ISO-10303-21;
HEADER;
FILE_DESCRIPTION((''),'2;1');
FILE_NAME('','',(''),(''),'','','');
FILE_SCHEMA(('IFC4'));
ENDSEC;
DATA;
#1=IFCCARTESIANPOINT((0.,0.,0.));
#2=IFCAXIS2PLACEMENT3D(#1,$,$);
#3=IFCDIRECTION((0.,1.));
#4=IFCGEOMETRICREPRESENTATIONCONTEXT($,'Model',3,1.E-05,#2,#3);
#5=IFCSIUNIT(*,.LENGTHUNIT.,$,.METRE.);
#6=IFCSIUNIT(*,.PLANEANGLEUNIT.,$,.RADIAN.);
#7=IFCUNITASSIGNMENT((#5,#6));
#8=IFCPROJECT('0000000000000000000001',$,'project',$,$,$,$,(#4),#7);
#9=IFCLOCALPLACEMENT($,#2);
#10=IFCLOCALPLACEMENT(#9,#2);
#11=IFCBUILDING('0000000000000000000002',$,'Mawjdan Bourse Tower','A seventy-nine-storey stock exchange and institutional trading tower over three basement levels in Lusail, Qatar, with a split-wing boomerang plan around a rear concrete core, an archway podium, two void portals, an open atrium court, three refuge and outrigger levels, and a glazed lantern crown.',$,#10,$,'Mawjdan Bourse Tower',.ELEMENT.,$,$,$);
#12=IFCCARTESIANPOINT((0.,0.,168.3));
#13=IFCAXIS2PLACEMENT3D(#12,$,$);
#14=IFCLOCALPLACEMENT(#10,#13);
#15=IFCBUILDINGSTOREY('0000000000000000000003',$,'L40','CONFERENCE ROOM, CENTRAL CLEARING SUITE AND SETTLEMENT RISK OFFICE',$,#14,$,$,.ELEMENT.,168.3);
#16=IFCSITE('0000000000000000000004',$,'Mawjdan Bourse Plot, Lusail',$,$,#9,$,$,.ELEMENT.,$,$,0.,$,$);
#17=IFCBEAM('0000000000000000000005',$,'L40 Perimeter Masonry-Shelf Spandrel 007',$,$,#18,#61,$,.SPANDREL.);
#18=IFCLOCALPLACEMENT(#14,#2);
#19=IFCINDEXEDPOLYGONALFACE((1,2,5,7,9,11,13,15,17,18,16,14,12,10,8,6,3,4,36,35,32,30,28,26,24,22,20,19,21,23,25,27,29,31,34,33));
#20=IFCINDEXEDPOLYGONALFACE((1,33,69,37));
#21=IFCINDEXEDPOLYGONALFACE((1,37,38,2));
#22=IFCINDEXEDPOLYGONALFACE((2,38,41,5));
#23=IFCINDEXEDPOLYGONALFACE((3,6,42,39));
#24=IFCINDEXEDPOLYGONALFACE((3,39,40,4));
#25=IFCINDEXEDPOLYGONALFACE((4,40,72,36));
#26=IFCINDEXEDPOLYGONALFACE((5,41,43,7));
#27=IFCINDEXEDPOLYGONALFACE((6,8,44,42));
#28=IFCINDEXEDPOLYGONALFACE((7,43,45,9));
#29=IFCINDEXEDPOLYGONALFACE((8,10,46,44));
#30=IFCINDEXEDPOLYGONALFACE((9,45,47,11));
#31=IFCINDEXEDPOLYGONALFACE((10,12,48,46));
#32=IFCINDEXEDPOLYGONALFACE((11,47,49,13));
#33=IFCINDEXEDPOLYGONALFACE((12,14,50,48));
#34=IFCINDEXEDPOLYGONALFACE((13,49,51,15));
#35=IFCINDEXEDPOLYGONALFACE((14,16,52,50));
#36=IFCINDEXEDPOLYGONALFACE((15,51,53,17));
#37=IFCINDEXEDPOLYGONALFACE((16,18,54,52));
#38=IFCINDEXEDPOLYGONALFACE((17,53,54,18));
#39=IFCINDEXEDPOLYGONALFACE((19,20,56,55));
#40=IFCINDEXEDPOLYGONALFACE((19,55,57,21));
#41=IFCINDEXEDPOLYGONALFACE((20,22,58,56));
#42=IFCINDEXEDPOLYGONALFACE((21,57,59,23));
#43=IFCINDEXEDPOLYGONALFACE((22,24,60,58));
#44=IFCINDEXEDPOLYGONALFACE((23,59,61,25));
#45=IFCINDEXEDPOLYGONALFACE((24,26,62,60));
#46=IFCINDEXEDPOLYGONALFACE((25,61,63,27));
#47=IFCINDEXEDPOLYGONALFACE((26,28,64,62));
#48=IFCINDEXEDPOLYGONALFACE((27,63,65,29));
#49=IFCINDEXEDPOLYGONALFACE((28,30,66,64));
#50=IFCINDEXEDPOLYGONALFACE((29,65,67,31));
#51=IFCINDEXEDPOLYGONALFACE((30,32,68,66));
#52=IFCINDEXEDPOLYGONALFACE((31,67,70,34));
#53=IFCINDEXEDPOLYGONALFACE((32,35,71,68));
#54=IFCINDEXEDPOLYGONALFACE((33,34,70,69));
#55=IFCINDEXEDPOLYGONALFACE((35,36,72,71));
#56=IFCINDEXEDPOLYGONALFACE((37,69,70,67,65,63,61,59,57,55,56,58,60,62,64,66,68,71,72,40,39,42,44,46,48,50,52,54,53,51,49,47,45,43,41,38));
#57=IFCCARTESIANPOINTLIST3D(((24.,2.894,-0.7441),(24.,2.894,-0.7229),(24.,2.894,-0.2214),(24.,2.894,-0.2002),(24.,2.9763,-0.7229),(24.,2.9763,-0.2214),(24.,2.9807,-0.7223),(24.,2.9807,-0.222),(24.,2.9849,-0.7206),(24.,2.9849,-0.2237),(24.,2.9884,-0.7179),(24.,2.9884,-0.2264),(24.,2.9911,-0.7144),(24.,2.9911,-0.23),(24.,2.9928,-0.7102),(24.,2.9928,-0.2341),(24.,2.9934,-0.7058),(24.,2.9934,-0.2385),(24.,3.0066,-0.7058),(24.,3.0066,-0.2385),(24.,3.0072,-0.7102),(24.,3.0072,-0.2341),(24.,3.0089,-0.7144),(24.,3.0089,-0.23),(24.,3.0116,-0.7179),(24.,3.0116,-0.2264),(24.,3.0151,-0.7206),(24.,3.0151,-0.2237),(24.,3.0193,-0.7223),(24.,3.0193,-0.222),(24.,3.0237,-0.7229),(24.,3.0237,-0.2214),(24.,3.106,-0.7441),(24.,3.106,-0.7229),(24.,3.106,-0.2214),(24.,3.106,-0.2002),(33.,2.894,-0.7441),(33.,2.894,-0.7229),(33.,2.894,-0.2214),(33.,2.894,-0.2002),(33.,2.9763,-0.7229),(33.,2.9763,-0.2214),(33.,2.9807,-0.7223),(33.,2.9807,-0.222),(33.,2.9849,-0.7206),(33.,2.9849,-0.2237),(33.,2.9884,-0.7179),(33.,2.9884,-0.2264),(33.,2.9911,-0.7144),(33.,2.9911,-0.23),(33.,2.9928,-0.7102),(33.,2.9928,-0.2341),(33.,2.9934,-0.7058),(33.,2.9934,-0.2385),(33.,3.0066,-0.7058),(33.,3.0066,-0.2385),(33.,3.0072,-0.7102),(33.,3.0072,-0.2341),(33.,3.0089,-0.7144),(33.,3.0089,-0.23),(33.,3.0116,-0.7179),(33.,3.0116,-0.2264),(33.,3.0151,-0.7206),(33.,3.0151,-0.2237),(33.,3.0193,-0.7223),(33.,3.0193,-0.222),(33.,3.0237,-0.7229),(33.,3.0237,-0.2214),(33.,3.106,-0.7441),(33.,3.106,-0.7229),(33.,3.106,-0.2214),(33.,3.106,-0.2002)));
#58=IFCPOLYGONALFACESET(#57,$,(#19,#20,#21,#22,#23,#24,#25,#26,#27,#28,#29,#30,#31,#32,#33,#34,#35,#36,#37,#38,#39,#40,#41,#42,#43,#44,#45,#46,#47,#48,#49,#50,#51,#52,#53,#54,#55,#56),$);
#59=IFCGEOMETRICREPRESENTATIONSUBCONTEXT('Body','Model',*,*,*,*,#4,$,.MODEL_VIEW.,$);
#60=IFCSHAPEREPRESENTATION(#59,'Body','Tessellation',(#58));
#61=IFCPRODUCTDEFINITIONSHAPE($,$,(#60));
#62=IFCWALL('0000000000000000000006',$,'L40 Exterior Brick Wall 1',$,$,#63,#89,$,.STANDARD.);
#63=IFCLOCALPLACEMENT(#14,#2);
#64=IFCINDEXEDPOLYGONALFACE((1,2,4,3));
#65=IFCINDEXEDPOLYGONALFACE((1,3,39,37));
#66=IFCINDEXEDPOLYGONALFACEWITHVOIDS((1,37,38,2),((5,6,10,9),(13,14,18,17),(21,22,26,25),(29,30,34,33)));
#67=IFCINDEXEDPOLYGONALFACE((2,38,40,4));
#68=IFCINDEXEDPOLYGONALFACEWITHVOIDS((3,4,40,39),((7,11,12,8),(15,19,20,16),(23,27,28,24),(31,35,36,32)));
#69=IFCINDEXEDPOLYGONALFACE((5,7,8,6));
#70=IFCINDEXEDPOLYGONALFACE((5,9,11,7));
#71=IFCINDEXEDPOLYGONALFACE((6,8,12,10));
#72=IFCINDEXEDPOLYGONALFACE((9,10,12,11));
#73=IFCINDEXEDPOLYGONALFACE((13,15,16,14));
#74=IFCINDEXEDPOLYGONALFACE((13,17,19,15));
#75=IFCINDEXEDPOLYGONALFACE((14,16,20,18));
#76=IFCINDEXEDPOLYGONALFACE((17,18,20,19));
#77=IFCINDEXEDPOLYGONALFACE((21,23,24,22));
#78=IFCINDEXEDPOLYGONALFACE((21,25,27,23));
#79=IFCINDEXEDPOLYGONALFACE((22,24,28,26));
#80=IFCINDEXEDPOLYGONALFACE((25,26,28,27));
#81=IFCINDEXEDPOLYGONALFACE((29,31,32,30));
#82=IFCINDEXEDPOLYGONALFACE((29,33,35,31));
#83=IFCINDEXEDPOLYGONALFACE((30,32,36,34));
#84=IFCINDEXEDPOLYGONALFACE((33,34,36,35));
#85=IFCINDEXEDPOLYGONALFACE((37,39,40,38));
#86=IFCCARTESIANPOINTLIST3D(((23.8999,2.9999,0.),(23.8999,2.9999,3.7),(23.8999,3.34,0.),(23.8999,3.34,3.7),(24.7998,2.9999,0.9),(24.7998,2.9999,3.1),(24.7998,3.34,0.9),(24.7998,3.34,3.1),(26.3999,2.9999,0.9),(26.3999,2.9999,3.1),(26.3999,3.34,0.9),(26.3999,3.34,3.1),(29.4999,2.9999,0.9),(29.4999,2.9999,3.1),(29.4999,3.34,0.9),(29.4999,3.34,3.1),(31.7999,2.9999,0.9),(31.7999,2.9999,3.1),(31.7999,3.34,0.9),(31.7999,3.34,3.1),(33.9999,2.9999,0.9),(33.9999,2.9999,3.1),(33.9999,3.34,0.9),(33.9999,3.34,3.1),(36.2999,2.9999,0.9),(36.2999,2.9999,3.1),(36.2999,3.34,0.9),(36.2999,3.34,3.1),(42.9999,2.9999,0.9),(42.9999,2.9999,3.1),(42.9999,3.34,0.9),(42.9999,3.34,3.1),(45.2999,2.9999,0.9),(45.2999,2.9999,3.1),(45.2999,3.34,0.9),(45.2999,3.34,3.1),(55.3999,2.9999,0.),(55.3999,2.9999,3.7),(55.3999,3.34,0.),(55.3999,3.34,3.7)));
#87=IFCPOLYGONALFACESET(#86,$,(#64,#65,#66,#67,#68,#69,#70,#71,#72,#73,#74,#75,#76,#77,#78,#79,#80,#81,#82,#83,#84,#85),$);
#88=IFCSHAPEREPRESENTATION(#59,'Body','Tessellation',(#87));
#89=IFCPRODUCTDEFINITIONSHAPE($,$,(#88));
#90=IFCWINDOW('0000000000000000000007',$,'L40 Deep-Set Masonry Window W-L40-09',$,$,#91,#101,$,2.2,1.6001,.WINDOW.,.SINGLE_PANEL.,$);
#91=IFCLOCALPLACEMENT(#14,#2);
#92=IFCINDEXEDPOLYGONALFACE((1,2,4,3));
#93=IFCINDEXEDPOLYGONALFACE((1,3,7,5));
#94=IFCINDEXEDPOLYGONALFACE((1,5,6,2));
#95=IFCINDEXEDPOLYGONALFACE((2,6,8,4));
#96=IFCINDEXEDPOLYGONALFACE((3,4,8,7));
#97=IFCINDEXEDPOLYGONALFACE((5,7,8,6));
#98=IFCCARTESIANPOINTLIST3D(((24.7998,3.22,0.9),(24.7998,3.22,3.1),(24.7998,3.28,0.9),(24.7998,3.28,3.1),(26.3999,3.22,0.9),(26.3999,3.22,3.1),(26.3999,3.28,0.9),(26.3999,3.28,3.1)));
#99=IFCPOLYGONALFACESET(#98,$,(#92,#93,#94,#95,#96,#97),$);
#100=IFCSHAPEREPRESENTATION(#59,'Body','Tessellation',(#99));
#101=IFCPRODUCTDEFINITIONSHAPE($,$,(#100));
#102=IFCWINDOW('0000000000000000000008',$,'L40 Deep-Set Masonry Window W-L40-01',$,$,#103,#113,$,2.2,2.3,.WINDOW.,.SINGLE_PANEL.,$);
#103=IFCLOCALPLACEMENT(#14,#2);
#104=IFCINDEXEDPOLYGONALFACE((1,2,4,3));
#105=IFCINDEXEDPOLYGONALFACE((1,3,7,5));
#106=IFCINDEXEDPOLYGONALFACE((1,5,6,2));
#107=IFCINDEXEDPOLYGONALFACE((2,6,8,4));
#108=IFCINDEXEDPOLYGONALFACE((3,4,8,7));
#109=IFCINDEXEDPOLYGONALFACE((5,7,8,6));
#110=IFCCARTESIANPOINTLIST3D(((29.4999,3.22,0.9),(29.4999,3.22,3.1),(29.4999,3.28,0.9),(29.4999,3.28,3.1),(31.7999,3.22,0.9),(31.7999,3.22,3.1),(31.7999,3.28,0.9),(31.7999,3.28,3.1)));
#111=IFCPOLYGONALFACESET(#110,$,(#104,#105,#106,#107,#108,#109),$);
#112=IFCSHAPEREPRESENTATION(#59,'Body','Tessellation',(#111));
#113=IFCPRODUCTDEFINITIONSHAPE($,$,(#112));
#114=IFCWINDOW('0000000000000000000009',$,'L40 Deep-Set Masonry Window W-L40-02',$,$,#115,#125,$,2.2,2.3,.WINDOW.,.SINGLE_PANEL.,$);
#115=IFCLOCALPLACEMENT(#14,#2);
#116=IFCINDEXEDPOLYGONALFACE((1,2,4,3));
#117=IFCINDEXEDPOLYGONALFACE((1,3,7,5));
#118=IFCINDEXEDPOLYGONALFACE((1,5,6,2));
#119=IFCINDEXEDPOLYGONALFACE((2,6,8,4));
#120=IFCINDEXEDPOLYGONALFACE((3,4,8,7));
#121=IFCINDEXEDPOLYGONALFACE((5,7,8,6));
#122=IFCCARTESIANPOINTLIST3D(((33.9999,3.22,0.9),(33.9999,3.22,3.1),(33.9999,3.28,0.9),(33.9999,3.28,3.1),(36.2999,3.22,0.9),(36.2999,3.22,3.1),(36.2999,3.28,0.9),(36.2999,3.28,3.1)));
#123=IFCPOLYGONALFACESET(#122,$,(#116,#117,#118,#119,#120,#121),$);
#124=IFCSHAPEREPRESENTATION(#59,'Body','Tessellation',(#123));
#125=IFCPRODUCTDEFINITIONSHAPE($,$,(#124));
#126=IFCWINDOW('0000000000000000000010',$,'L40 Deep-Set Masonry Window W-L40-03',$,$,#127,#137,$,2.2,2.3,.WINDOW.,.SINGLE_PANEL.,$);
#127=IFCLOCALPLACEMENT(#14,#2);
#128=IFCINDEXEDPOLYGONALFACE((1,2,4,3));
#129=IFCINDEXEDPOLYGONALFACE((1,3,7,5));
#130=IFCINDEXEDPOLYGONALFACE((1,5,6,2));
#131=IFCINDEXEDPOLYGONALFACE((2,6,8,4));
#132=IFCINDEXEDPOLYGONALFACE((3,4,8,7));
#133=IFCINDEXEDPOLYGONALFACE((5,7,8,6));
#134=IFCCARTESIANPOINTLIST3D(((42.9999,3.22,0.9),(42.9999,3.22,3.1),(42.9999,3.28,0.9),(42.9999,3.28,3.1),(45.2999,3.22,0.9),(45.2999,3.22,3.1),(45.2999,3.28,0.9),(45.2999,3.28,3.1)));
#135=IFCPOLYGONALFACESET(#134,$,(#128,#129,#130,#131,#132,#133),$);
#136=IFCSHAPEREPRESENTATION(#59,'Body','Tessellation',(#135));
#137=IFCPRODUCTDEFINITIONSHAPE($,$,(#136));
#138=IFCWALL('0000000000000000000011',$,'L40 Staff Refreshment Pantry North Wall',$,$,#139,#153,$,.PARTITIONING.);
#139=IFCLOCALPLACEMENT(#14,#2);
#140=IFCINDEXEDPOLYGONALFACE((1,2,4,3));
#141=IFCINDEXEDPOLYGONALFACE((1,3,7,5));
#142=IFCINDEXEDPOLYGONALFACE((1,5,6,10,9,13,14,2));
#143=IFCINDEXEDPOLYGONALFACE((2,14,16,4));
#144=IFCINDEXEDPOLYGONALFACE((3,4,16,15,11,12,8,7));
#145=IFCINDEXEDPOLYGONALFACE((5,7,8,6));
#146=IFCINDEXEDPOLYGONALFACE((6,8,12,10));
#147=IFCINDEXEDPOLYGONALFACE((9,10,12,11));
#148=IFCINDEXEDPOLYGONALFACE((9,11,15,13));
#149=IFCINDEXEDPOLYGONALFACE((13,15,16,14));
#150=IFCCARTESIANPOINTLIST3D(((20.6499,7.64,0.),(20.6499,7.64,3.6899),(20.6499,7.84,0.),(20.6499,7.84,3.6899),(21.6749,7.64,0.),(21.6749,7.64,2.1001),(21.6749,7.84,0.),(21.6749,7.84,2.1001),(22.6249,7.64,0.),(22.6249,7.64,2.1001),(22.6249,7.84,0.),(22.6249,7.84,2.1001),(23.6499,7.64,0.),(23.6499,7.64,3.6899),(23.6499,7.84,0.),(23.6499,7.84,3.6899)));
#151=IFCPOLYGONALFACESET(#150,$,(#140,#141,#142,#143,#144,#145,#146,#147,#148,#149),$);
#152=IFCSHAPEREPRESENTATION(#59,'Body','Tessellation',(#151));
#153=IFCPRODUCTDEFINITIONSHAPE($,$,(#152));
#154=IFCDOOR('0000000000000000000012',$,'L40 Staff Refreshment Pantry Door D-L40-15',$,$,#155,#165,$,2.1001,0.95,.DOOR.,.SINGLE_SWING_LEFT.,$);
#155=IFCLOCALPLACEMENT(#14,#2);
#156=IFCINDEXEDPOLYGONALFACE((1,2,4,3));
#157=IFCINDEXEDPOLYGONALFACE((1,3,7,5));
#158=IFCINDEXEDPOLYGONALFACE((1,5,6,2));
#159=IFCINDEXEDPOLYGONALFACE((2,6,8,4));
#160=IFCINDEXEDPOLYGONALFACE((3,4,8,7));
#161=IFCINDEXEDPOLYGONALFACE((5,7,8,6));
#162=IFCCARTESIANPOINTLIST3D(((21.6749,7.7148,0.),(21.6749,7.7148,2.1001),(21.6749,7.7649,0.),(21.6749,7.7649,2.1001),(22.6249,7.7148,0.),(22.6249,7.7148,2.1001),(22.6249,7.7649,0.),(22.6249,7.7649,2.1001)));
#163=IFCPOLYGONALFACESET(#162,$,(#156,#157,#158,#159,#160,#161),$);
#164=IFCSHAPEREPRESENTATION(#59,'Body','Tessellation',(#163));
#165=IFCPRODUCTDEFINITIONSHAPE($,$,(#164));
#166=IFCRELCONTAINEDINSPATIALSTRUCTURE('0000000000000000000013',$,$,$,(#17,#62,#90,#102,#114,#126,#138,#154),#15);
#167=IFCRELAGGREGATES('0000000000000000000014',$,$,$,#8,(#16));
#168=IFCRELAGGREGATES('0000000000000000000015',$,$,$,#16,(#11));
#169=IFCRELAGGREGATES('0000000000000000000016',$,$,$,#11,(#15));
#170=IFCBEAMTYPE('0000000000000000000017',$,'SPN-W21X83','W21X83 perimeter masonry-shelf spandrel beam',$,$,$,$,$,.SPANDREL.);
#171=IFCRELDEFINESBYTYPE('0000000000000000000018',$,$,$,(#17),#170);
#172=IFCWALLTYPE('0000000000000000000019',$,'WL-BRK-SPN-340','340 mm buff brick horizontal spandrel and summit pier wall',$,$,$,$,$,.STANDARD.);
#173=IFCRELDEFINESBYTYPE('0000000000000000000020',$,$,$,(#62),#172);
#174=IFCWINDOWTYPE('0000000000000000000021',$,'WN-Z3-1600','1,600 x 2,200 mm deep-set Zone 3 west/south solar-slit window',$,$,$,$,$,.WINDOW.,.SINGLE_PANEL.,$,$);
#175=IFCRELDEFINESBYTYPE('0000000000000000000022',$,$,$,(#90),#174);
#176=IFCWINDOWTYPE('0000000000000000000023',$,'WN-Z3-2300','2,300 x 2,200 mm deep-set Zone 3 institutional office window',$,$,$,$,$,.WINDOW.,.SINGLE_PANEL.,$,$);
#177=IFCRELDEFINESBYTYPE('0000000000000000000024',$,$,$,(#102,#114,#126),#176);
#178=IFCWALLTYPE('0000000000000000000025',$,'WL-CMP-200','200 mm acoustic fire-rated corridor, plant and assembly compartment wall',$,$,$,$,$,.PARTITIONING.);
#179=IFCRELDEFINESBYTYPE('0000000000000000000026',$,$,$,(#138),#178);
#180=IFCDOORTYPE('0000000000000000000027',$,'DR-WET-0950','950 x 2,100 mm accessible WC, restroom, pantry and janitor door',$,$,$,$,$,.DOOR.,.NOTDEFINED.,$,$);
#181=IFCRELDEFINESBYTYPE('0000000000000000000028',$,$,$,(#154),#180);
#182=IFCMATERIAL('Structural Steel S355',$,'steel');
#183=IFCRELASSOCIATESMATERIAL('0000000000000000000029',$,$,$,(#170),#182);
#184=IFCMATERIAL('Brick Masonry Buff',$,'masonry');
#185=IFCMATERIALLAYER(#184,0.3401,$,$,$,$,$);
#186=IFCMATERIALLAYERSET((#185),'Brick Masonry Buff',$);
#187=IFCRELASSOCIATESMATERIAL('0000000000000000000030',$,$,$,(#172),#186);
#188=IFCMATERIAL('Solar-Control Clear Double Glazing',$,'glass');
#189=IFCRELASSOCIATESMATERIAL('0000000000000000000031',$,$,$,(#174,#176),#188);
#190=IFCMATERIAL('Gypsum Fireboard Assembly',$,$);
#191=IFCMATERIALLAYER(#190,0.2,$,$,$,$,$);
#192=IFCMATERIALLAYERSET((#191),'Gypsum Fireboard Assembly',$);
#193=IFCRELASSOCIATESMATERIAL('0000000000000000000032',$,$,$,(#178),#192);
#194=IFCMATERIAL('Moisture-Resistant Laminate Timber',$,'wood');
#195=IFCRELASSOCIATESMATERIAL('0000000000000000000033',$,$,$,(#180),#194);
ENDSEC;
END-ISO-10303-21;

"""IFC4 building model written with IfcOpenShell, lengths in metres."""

from ifc_helpers import new_model, si_unit, direction, frame, frame_2d, origin, origin_2d, place, context, subcontext, project, spatial, rectangle, i_section, extrude, material, layer, layer_set, material_profile, profile_set, type_object, element, fill, save


model = new_model("IFC4")

# Units and contexts
model_context = context("Model", 3, precision=1e-05, world=origin(), true_north=direction((0.0, 1.0)))
body_context = subcontext(model_context, "Body", "Model", "MODEL_VIEW")
ifc_project = project(units=[si_unit("LENGTHUNIT", "METRE"), si_unit("PLANEANGLEUNIT", "RADIAN")], contexts=[model_context])

# Site, building, storey
site_placement = place(None, origin())
site = spatial("IfcSite", under=ifc_project, at=site_placement, Name="Mawjdan Bourse Plot, Lusail", CompositionType="ELEMENT", RefElevation=0.0)
building_placement = place(site_placement, origin())
building = spatial("IfcBuilding", under=site, at=building_placement, Name="Mawjdan Bourse Tower", Description="A seventy-nine-storey stock exchange and institutional trading tower over three basement levels in Lusail, Qatar, with a split-wing boomerang plan around a rear concrete core, an archway podium, two void portals, an open atrium court, three refuge and outrigger levels, and a glazed lantern crown.", LongName="Mawjdan Bourse Tower", CompositionType="ELEMENT")
storey_placement = place(building_placement, frame((0.0, 0.0, 168.3)))
storey = spatial("IfcBuildingStorey", under=building, at=storey_placement, Name="L40", Description="CONFERENCE ROOM, CENTRAL CLEARING SUITE AND SETTLEMENT RISK OFFICE", CompositionType="ELEMENT", Elevation=168.3)

# Beam
ifc_material_1 = material(Name="Structural Steel S355", Category="steel")
ifc_material_profile_1 = material_profile(ifc_material_1, i_section(OverallWidth=0.2119, OverallDepth=0.5439, WebThickness=0.0132, FlangeThickness=0.0212, FilletRadius=0.0171, at=origin_2d()), Name="W21X83")
ifc_profile_set_1 = profile_set([ifc_material_profile_1], Name="Structural Steel S355")
beam_type_1 = type_object("IfcBeamType", Name="SPN-W21X83", Description="W21X83 perimeter masonry-shelf spandrel beam", PredefinedType="SPANDREL", material=ifc_profile_set_1)
beam_1_placement = place(storey_placement, frame((24.0, 3.0, -0.4722), z_axis=(1.0, 0.0, 0.0), x_axis=(0.0, 1.0, 0.0)))
element("IfcBeam", 1, at=beam_1_placement, inside=storey, type_object=beam_type_1, Name="L40 Perimeter Masonry-Shelf Spandrel 007", PredefinedType="SPANDREL", context=body_context, shape_type="SweptSolid", body=[
    extrude(i_section(OverallWidth=0.2119, OverallDepth=0.5439, WebThickness=0.0132, FlangeThickness=0.0212, FilletRadius=0.0171, at=origin_2d()), origin(), (0.0, 0.0, 1.0), 9.0),
])

# Wall, openings, windows
ifc_material_2 = material(Name="Brick Masonry Buff", Category="masonry")
ifc_layer_1 = layer(ifc_material_2, 0.3401)
ifc_layer_set_1 = layer_set([ifc_layer_1], Name="Brick Masonry Buff")
wall_type_1 = type_object("IfcWallType", Name="WL-BRK-SPN-340", Description="340 mm buff brick horizontal spandrel and summit pier wall", PredefinedType="STANDARD", material=ifc_layer_set_1)
wall_1_placement = place(storey_placement, frame((23.8999, 3.1699, 0.0), z_axis=(0.0, 0.0, 1.0), x_axis=(1.0, 0.0, 0.0)))
wall_1 = element("IfcWall", 2, at=wall_1_placement, inside=storey, type_object=wall_type_1, Name="L40 Exterior Brick Wall 1", PredefinedType="STANDARD", context=body_context, shape_type="SweptSolid", body=[
    extrude(rectangle(XDim=31.5, YDim=0.3401, at=frame_2d((15.75, 0.0))), origin(), (0.0, 0.0, 1.0), 3.7),
])
opening_1_placement = place(wall_1_placement, frame((5.6001, 0.0, 0.8999)))
opening_1 = element("IfcOpeningElement", 3, at=opening_1_placement, cuts=wall_1, PredefinedType="OPENING", context=body_context, shape_type="SweptSolid", body=[
    extrude(rectangle(XDim=2.3, YDim=2.2, at=frame_2d((1.1499, 1.1001))), frame((0.0, 0.1802, 0.0), z_axis=(0.0, -1.0, 0.0), x_axis=(1.0, 0.0, 0.0)), (0.0, 0.0, 1.0), 0.3601),
])
opening_2_placement = place(wall_1_placement, frame((10.1001, 0.0, 0.8999)))
opening_2 = element("IfcOpeningElement", 4, at=opening_2_placement, cuts=wall_1, PredefinedType="OPENING", context=body_context, shape_type="SweptSolid", body=[
    extrude(rectangle(XDim=2.3, YDim=2.2, at=frame_2d((1.1499, 1.1001))), frame((0.0, 0.1802, 0.0), z_axis=(0.0, -1.0, 0.0), x_axis=(1.0, 0.0, 0.0)), (0.0, 0.0, 1.0), 0.3601),
])
opening_3_placement = place(wall_1_placement, frame((19.1001, 0.0, 0.8999)))
opening_3 = element("IfcOpeningElement", 5, at=opening_3_placement, cuts=wall_1, PredefinedType="OPENING", context=body_context, shape_type="SweptSolid", body=[
    extrude(rectangle(XDim=2.3, YDim=2.2, at=frame_2d((1.1499, 1.1001))), frame((0.0, 0.1802, 0.0), z_axis=(0.0, -1.0, 0.0), x_axis=(1.0, 0.0, 0.0)), (0.0, 0.0, 1.0), 0.3601),
])
opening_4_placement = place(wall_1_placement, frame((0.8999, 0.0, 0.8999)))
opening_4 = element("IfcOpeningElement", 6, at=opening_4_placement, cuts=wall_1, PredefinedType="OPENING", context=body_context, shape_type="SweptSolid", body=[
    extrude(rectangle(XDim=1.6001, YDim=2.2, at=frame_2d((0.8, 1.1001))), frame((0.0, 0.1802, 0.0), z_axis=(0.0, -1.0, 0.0), x_axis=(1.0, 0.0, 0.0)), (0.0, 0.0, 1.0), 0.3601),
])
ifc_material_3 = material(Name="Solar-Control Clear Double Glazing", Category="glass")
window_type_1 = type_object("IfcWindowType", Name="WN-Z3-1600", Description="1,600 x 2,200 mm deep-set Zone 3 west/south solar-slit window", PartitioningType="SINGLE_PANEL", PredefinedType="WINDOW", material=ifc_material_3)
window_1_placement = place(opening_4_placement, origin())
window_1 = element("IfcWindow", 7, at=window_1_placement, inside=storey, type_object=window_type_1, Name="L40 Deep-Set Masonry Window W-L40-09", OverallHeight=2.2, OverallWidth=1.6001, PartitioningType="SINGLE_PANEL", PredefinedType="WINDOW", context=body_context, shape_type="SweptSolid", body=[
    extrude(rectangle(XDim=1.6001, YDim=2.2, at=frame_2d((0.8, 1.1001))), frame((0.0, 0.1101, 0.0), z_axis=(0.0, -1.0, 0.0), x_axis=(1.0, 0.0, 0.0)), (0.0, 0.0, 1.0), 0.0601),
])
fill(opening_4, window_1)
window_type_2 = type_object("IfcWindowType", Name="WN-Z3-2300", Description="2,300 x 2,200 mm deep-set Zone 3 institutional office window", PartitioningType="SINGLE_PANEL", PredefinedType="WINDOW", material=ifc_material_3)
window_2_placement = place(opening_1_placement, origin())
window_2 = element("IfcWindow", 8, at=window_2_placement, inside=storey, type_object=window_type_2, Name="L40 Deep-Set Masonry Window W-L40-01", OverallHeight=2.2, OverallWidth=2.3, PartitioningType="SINGLE_PANEL", PredefinedType="WINDOW", context=body_context, shape_type="SweptSolid", body=[
    extrude(rectangle(XDim=2.3, YDim=2.2, at=frame_2d((1.1499, 1.1001))), frame((0.0, 0.1101, 0.0), z_axis=(0.0, -1.0, 0.0), x_axis=(1.0, 0.0, 0.0)), (0.0, 0.0, 1.0), 0.0601),
])
fill(opening_1, window_2)
window_3_placement = place(opening_2_placement, origin())
window_3 = element("IfcWindow", 9, at=window_3_placement, inside=storey, type_object=window_type_2, Name="L40 Deep-Set Masonry Window W-L40-02", OverallHeight=2.2, OverallWidth=2.3, PartitioningType="SINGLE_PANEL", PredefinedType="WINDOW", context=body_context, shape_type="SweptSolid", body=[
    extrude(rectangle(XDim=2.3, YDim=2.2, at=frame_2d((1.1499, 1.1001))), frame((0.0, 0.1101, 0.0), z_axis=(0.0, -1.0, 0.0), x_axis=(1.0, 0.0, 0.0)), (0.0, 0.0, 1.0), 0.0601),
])
fill(opening_2, window_3)
window_4_placement = place(opening_3_placement, origin())
window_4 = element("IfcWindow", 10, at=window_4_placement, inside=storey, type_object=window_type_2, Name="L40 Deep-Set Masonry Window W-L40-03", OverallHeight=2.2, OverallWidth=2.3, PartitioningType="SINGLE_PANEL", PredefinedType="WINDOW", context=body_context, shape_type="SweptSolid", body=[
    extrude(rectangle(XDim=2.3, YDim=2.2, at=frame_2d((1.1499, 1.1001))), frame((0.0, 0.1101, 0.0), z_axis=(0.0, -1.0, 0.0), x_axis=(1.0, 0.0, 0.0)), (0.0, 0.0, 1.0), 0.0601),
])
fill(opening_3, window_4)

# Wall, opening, door
ifc_material_4 = material(Name="Gypsum Fireboard Assembly")
ifc_layer_2 = layer(ifc_material_4, 0.2)
ifc_layer_set_2 = layer_set([ifc_layer_2], Name="Gypsum Fireboard Assembly")
wall_type_2 = type_object("IfcWallType", Name="WL-CMP-200", Description="200 mm acoustic fire-rated corridor, plant and assembly compartment wall", PredefinedType="PARTITIONING", material=ifc_layer_set_2)
wall_2_placement = place(storey_placement, frame((20.6499, 7.74, 0.0), z_axis=(0.0, 0.0, 1.0), x_axis=(1.0, 0.0, 0.0)))
wall_2 = element("IfcWall", 11, at=wall_2_placement, inside=storey, type_object=wall_type_2, Name="L40 Staff Refreshment Pantry North Wall", PredefinedType="PARTITIONING", context=body_context, shape_type="SweptSolid", body=[
    extrude(rectangle(XDim=3.0, YDim=0.2, at=frame_2d((1.5, 0.0))), origin(), (0.0, 0.0, 1.0), 3.6899),
])
opening_5_placement = place(wall_2_placement, frame((1.0249, 0.0, 0.0)))
opening_5 = element("IfcOpeningElement", 12, at=opening_5_placement, cuts=wall_2, PredefinedType="OPENING", context=body_context, shape_type="SweptSolid", body=[
    extrude(rectangle(XDim=0.95, YDim=2.1001, at=frame_2d((0.4751, 1.05))), frame((0.0, 0.1099, 0.0), z_axis=(0.0, -1.0, 0.0), x_axis=(1.0, 0.0, 0.0)), (0.0, 0.0, 1.0), 0.22),
])
ifc_material_5 = material(Name="Moisture-Resistant Laminate Timber", Category="wood")
door_type_1 = type_object("IfcDoorType", Name="DR-WET-0950", Description="950 x 2,100 mm accessible WC, restroom, pantry and janitor door", OperationType="NOTDEFINED", PredefinedType="DOOR", material=ifc_material_5)
door_1_placement = place(opening_5_placement, origin())
door_1 = element("IfcDoor", 13, at=door_1_placement, inside=storey, type_object=door_type_1, Name="L40 Staff Refreshment Pantry Door D-L40-15", OperationType="SINGLE_SWING_LEFT", OverallHeight=2.1001, OverallWidth=0.95, PredefinedType="DOOR", context=body_context, shape_type="SweptSolid", body=[
    extrude(rectangle(XDim=0.95, YDim=2.1001, at=frame_2d((0.4751, 1.05))), frame((0.0, 0.0249, 0.0), z_axis=(0.0, -1.0, 0.0), x_axis=(1.0, 0.0, 0.0)), (0.0, 0.0, 1.0), 0.05),
])
fill(opening_5, door_1)

save(model, "model.ifc")
